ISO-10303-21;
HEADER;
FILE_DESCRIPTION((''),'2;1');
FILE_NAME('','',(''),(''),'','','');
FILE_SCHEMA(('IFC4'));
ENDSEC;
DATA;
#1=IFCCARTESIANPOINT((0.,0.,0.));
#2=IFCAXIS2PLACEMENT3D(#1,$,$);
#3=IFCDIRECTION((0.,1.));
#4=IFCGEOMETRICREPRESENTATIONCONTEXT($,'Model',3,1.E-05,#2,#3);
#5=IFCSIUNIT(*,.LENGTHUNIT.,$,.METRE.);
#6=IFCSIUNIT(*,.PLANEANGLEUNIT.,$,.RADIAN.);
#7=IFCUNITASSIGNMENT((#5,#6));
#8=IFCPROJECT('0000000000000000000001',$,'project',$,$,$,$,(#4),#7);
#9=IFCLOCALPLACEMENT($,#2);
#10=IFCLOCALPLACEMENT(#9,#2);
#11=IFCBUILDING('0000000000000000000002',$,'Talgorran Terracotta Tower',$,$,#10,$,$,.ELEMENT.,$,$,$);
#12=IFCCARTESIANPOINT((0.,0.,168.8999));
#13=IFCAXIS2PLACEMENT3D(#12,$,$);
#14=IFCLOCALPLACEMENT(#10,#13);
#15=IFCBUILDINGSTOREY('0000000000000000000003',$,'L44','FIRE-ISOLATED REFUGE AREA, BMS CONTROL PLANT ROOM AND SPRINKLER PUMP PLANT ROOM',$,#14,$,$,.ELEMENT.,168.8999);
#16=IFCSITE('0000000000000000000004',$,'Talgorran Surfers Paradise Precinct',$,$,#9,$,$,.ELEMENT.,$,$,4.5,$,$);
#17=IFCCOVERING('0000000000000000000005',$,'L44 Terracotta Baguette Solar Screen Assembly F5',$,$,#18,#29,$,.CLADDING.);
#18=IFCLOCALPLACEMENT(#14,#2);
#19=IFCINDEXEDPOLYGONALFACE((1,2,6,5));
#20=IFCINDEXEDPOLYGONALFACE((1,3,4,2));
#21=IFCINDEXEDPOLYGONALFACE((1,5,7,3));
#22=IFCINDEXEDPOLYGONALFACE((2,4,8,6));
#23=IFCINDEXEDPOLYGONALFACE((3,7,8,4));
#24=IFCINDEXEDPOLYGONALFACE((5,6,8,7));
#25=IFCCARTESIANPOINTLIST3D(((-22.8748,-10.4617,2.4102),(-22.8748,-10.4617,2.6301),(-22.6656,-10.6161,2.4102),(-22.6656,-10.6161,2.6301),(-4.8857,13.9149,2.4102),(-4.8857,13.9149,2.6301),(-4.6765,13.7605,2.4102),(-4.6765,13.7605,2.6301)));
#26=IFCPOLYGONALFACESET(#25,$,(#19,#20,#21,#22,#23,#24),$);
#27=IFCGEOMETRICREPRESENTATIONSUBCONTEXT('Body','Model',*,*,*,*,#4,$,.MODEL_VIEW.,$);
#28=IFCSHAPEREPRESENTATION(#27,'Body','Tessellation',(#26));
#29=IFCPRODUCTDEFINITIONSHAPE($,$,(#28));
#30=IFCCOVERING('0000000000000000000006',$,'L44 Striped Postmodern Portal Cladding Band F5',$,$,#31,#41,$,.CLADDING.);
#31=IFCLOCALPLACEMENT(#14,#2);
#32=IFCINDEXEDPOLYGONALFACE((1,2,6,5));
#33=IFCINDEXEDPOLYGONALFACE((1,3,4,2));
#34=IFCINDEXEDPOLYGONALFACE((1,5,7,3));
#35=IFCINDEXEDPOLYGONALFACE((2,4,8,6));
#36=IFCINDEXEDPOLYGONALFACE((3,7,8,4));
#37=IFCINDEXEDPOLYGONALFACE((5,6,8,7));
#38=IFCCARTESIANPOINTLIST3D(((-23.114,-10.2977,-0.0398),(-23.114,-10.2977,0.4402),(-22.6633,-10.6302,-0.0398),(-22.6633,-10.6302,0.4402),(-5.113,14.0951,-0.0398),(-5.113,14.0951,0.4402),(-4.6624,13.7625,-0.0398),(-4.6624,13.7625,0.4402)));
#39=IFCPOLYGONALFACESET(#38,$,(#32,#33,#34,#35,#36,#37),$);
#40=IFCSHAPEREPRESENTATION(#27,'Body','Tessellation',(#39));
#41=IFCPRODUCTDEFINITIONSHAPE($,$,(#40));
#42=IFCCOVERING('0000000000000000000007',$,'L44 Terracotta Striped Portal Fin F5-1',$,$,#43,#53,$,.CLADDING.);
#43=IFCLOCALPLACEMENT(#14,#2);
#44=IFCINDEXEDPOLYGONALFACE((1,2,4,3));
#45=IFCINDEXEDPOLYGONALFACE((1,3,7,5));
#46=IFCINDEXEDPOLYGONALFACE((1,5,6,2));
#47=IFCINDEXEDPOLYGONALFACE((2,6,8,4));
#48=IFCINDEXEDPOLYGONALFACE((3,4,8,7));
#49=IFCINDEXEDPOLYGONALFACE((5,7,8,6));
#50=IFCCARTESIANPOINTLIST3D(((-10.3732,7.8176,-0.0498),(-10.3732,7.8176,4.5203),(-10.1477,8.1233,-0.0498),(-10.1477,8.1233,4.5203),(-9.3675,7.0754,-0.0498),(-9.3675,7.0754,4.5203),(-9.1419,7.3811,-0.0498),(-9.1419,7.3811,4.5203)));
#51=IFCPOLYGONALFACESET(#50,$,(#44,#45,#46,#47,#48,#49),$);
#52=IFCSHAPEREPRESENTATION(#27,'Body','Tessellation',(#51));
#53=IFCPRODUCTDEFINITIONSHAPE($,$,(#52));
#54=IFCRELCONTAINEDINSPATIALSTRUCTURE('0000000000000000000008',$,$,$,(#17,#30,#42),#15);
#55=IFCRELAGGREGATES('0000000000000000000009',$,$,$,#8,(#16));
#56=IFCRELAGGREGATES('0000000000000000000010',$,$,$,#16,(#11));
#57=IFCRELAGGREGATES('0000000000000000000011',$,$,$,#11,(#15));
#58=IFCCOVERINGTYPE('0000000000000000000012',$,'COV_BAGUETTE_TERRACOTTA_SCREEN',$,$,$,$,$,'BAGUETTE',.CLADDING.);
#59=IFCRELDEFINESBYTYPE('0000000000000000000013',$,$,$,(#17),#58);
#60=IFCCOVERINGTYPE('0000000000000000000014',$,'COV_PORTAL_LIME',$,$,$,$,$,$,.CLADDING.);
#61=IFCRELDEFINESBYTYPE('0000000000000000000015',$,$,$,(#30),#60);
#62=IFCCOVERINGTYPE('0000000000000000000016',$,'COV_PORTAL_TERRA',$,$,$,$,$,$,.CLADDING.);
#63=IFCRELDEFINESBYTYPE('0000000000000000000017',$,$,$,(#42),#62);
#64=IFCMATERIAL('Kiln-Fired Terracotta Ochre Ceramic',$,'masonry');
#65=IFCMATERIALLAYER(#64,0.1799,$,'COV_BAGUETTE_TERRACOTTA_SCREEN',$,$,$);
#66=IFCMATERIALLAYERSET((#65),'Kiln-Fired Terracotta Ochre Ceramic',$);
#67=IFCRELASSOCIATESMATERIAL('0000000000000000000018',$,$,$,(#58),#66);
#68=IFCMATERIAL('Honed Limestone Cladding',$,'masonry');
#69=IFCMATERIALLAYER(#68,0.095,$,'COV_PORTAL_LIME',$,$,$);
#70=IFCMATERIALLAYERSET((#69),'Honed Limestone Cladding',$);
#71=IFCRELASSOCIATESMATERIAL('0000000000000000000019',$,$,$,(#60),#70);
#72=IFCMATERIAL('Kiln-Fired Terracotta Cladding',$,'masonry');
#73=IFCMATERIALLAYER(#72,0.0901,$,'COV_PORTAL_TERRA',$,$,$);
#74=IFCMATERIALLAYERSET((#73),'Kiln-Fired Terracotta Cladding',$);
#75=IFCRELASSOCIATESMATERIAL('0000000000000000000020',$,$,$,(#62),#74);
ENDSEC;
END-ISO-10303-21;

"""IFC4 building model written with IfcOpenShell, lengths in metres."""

from ifc_helpers import new_model, si_unit, direction, frame, origin, origin_2d, place, context, subcontext, project, spatial, rectangle, extrude, material, layer, layer_set, type_object, element, save


model = new_model("IFC4")

# Units and contexts
model_context = context("Model", 3, precision=1e-05, world=origin(), true_north=direction((0.0, 1.0)))
body_context = subcontext(model_context, "Body", "Model", "MODEL_VIEW")
ifc_project = project(units=[si_unit("LENGTHUNIT", "METRE"), si_unit("PLANEANGLEUNIT", "RADIAN")], contexts=[model_context])

# Site, building, storey
site_placement = place(None, origin())
site = spatial("IfcSite", under=ifc_project, at=site_placement, Name="Talgorran Surfers Paradise Precinct", CompositionType="ELEMENT", RefElevation=4.5)
building_placement = place(site_placement, origin())
building = spatial("IfcBuilding", under=site, at=building_placement, Name="Talgorran Terracotta Tower", CompositionType="ELEMENT")
storey_placement = place(building_placement, frame((0.0, 0.0, 168.8999)))
storey = spatial("IfcBuildingStorey", under=building, at=storey_placement, Name="L44", Description="FIRE-ISOLATED REFUGE AREA, BMS CONTROL PLANT ROOM AND SPRINKLER PUMP PLANT ROOM", CompositionType="ELEMENT", Elevation=168.8999)

# Coverings
ifc_material_1 = material(Name="Kiln-Fired Terracotta Ochre Ceramic", Category="masonry")
ifc_layer_1 = layer(ifc_material_1, 0.1799, Name="COV_BAGUETTE_TERRACOTTA_SCREEN")
ifc_layer_set_1 = layer_set([ifc_layer_1], Name="Kiln-Fired Terracotta Ochre Ceramic")
covering_type_1 = type_object("IfcCoveringType", Name="COV_BAGUETTE_TERRACOTTA_SCREEN", ElementType="BAGUETTE", PredefinedType="CLADDING", material=ifc_layer_set_1)
covering_1_placement = place(storey_placement, frame((-13.7756, 1.6494, 2.4102), z_axis=(0.0, 0.0, 1.0), x_axis=(-0.593784, -0.804624, 0.0)))
element("IfcCovering", 1, at=covering_1_placement, inside=storey, type_object=covering_type_1, Name="L44 Terracotta Baguette Solar Screen Assembly F5", PredefinedType="CLADDING", context=body_context, shape_type="SweptSolid", body=[
    extrude(rectangle(XDim=30.2957, YDim=0.26, at=origin_2d()), origin(), (0.0, 0.0, 1.0), 0.22),
])
ifc_material_2 = material(Name="Honed Limestone Cladding", Category="masonry")
ifc_layer_2 = layer(ifc_material_2, 0.095, Name="COV_PORTAL_LIME")
ifc_layer_set_2 = layer_set([ifc_layer_2], Name="Honed Limestone Cladding")
covering_type_2 = type_object("IfcCoveringType", Name="COV_PORTAL_LIME", PredefinedType="CLADDING", material=ifc_layer_set_2)
covering_2_placement = place(storey_placement, frame((-13.8882, 1.7324, -0.0398), z_axis=(0.0, 0.0, 1.0), x_axis=(-0.593784, -0.804624, 0.0)))
element("IfcCovering", 2, at=covering_2_placement, inside=storey, type_object=covering_type_2, Name="L44 Striped Postmodern Portal Cladding Band F5", PredefinedType="CLADDING", context=body_context, shape_type="SweptSolid", body=[
    extrude(rectangle(XDim=30.3157, YDim=0.5601, at=origin_2d()), origin(), (0.0, 0.0, 1.0), 0.48),
])
ifc_material_3 = material(Name="Kiln-Fired Terracotta Cladding", Category="masonry")
ifc_layer_3 = layer(ifc_material_3, 0.0901, Name="COV_PORTAL_TERRA")
ifc_layer_set_3 = layer_set([ifc_layer_3], Name="Kiln-Fired Terracotta Cladding")
covering_type_3 = type_object("IfcCoveringType", Name="COV_PORTAL_TERRA", PredefinedType="CLADDING", material=ifc_layer_set_3)
covering_3_placement = place(storey_placement, frame((-9.7576, 7.5994, -0.0498), z_axis=(0.0, 0.0, 1.0), x_axis=(-0.593784, -0.804624, 0.0)))
element("IfcCovering", 3, at=covering_3_placement, inside=storey, type_object=covering_type_3, Name="L44 Terracotta Striped Portal Fin F5-1", PredefinedType="CLADDING", context=body_context, shape_type="SweptSolid", body=[
    extrude(rectangle(XDim=0.3799, YDim=1.25, at=origin_2d()), origin(), (0.0, 0.0, 1.0), 4.5701),
])

save(model, "model.ifc")
